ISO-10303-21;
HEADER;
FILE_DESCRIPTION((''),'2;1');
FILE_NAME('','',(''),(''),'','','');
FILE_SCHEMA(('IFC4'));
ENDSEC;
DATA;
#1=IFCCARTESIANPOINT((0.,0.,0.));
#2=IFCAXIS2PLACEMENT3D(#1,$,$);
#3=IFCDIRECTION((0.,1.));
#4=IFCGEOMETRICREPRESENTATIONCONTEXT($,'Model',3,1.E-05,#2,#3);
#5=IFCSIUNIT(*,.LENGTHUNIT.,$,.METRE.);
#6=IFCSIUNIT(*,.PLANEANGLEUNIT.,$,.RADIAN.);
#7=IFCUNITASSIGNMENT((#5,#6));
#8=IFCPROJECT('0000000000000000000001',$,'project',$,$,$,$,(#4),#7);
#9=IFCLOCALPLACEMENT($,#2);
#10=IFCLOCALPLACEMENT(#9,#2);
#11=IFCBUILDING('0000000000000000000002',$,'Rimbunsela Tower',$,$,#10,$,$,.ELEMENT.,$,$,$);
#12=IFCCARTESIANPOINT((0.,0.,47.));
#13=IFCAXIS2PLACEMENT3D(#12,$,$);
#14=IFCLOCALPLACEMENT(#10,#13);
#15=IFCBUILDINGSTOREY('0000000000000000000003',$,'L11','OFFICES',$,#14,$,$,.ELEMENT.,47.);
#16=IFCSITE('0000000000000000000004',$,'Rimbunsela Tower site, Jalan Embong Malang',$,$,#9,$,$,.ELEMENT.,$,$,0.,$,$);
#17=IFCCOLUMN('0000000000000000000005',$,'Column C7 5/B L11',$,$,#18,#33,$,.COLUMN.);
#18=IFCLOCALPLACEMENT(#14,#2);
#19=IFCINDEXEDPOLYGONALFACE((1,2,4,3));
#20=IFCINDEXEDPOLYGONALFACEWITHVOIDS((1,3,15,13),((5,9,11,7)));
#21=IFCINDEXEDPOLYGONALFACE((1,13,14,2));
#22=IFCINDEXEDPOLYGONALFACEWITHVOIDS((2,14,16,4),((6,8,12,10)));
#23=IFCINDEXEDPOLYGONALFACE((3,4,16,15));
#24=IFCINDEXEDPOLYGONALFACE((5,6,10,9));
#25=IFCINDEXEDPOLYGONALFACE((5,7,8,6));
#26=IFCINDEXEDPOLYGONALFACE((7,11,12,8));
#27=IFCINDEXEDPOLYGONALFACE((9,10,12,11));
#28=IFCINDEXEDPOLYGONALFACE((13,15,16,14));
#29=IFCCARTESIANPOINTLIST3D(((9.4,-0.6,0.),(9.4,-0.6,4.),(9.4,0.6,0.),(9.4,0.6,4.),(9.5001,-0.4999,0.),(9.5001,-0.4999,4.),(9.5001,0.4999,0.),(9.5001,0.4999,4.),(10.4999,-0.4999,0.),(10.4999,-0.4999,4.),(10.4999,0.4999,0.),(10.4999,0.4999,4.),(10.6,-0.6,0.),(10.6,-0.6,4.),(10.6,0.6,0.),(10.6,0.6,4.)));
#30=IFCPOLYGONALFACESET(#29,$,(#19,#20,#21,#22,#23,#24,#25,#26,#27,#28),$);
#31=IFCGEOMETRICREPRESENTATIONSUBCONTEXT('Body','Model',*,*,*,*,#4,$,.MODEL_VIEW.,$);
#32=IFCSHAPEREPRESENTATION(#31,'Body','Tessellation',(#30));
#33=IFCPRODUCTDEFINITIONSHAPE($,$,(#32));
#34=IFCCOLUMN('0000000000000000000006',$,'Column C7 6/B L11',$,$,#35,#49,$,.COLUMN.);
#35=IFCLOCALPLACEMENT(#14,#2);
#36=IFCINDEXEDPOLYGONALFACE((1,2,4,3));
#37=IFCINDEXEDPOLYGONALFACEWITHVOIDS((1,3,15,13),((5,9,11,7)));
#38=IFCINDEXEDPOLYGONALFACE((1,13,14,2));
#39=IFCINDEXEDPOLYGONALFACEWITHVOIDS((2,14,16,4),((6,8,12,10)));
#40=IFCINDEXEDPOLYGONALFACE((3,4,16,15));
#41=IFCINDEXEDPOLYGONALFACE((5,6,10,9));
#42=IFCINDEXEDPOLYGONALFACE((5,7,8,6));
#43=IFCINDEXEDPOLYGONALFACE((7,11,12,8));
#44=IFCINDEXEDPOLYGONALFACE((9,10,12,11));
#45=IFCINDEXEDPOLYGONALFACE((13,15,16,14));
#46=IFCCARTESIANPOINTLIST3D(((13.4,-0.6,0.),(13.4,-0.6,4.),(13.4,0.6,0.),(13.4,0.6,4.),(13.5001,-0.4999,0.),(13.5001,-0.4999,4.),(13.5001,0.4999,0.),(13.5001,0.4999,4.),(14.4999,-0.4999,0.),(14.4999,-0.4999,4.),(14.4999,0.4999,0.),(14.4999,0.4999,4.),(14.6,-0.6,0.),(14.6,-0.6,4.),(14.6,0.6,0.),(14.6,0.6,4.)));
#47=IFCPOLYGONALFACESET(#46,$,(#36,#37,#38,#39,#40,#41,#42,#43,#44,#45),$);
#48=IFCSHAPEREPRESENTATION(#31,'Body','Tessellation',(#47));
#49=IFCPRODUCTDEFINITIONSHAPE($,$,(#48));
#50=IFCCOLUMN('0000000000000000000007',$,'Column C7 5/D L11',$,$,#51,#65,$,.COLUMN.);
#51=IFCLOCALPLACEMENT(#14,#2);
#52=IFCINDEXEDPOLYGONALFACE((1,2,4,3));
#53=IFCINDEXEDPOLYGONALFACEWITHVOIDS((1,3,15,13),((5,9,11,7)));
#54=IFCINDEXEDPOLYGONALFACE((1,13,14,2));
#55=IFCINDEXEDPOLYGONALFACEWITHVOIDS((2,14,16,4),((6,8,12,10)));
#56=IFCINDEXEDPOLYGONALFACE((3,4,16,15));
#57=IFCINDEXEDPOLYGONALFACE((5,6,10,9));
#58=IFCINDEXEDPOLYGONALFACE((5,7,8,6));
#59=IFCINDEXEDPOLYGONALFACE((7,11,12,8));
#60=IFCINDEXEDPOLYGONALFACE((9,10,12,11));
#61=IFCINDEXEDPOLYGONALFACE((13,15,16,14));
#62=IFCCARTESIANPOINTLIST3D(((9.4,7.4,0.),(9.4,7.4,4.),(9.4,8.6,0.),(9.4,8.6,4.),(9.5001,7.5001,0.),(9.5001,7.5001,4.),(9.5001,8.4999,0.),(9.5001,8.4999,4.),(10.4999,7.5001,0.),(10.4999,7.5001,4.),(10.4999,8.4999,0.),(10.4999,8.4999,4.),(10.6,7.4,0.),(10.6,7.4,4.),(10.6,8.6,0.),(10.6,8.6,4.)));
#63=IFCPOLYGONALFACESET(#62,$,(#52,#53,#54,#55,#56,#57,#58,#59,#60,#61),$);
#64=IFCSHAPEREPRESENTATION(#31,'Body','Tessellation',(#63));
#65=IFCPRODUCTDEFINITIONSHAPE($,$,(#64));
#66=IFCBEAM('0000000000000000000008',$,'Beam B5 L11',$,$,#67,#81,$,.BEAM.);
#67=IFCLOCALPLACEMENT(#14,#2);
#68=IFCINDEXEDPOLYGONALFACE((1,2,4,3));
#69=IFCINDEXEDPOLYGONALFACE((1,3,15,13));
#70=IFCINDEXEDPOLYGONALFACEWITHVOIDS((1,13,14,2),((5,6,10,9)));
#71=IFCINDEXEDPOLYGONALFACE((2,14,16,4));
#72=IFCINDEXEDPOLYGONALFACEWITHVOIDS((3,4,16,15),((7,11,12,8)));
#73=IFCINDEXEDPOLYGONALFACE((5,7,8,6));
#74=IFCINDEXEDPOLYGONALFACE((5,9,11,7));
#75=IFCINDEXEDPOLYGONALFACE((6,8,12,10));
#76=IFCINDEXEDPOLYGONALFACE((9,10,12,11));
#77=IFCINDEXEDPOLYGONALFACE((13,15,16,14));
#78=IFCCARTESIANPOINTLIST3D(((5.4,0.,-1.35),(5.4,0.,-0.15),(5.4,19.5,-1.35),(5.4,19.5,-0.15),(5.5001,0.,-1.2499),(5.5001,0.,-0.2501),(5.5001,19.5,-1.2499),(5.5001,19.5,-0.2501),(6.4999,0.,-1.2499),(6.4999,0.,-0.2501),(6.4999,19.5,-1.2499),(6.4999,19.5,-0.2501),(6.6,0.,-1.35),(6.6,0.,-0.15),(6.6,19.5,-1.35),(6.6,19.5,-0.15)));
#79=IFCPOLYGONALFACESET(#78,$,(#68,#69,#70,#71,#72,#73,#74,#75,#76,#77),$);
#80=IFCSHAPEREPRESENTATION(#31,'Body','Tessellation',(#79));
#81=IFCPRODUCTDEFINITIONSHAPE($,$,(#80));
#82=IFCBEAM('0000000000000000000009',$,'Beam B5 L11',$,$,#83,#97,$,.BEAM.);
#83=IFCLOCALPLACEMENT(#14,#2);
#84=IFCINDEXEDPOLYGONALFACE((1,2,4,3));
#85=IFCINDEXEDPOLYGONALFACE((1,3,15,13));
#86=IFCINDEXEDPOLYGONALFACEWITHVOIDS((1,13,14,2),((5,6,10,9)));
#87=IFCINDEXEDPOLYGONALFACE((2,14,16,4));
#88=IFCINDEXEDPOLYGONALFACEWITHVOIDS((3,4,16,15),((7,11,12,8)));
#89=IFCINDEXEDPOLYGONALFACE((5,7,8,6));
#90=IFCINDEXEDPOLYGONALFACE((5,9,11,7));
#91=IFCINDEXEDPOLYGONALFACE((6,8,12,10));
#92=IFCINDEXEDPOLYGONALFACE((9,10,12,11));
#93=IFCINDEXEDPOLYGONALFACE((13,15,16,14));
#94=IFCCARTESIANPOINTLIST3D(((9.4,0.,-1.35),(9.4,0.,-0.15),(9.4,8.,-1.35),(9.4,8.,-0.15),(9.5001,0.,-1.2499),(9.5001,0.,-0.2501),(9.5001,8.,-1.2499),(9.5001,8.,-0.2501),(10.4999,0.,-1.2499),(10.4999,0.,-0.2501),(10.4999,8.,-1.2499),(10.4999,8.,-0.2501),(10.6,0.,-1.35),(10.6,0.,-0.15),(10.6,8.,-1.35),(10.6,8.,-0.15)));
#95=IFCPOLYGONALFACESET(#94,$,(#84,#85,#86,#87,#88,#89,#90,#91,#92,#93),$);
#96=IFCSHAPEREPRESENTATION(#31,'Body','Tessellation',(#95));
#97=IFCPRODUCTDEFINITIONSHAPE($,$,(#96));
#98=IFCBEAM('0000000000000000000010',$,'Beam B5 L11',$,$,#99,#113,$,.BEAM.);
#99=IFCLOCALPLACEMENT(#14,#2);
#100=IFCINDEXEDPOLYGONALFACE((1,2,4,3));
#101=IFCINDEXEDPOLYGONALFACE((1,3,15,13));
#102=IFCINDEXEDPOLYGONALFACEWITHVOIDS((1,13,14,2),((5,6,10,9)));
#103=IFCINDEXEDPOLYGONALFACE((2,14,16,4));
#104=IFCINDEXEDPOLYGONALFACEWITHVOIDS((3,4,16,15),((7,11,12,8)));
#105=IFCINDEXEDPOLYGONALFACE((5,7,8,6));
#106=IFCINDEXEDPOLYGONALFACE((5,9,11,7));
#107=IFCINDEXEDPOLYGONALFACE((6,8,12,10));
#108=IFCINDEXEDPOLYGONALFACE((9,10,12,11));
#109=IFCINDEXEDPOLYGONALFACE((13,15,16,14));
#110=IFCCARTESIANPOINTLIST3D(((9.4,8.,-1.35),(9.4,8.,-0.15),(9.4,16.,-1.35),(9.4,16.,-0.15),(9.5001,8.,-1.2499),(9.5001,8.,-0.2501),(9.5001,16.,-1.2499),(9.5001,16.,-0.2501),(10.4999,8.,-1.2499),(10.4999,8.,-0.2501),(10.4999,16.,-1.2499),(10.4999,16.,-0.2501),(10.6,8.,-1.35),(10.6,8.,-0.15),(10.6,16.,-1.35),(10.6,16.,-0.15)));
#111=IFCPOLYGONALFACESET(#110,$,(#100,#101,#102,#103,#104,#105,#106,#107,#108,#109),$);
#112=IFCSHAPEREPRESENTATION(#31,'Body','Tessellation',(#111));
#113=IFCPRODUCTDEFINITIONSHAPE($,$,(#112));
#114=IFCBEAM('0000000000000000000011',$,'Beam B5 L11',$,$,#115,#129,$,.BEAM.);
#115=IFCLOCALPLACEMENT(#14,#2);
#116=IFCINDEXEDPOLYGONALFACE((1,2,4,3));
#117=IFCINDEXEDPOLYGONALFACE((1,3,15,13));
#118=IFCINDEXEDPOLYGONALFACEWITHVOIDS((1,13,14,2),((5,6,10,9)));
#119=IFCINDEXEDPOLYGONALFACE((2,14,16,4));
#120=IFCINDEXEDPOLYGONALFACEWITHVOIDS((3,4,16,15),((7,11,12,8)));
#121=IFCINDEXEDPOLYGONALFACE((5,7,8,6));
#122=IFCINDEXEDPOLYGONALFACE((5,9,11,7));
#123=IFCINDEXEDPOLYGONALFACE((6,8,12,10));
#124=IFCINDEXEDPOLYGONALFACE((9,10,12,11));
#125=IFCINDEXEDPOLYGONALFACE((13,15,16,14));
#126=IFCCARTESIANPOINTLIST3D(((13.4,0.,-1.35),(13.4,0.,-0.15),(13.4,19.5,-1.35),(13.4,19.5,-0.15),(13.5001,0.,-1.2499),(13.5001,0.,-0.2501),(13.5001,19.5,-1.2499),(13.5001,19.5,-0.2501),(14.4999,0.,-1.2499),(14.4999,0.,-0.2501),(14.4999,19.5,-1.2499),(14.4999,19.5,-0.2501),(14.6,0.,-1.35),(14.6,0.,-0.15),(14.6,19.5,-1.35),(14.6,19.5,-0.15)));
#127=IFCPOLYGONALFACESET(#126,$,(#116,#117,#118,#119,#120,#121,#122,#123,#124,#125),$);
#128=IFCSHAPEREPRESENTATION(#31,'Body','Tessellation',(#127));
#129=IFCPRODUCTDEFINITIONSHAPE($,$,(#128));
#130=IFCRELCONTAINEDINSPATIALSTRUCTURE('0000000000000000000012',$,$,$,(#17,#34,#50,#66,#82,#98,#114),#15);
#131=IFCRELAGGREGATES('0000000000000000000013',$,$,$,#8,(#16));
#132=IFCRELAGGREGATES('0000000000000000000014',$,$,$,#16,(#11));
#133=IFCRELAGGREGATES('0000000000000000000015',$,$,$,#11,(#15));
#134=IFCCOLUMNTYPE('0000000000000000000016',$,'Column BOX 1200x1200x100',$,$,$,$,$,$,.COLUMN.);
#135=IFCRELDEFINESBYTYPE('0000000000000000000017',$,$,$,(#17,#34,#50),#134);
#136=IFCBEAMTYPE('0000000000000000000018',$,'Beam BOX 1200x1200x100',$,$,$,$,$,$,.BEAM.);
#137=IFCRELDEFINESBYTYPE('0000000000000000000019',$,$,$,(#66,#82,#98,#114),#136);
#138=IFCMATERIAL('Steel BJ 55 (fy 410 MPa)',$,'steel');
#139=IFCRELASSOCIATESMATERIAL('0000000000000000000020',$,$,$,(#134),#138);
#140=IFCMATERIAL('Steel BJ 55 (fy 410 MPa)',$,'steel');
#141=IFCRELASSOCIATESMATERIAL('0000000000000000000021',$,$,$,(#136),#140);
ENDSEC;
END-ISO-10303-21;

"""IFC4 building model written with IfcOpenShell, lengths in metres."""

from ifc_helpers import new_model, si_unit, direction, frame, origin, origin_2d, place, context, subcontext, project, spatial, hollow_rectangle, extrude, material, material_profile, profile_set, type_object, element, save


model = new_model("IFC4")

# Units and contexts
model_context = context("Model", 3, precision=1e-05, world=origin(), true_north=direction((0.0, 1.0)))
body_context = subcontext(model_context, "Body", "Model", "MODEL_VIEW")
ifc_project = project(units=[si_unit("LENGTHUNIT", "METRE"), si_unit("PLANEANGLEUNIT", "RADIAN")], contexts=[model_context])

# Site, building, storey
site_placement = place(None, origin())
site = spatial("IfcSite", under=ifc_project, at=site_placement, Name="Rimbunsela Tower site, Jalan Embong Malang", CompositionType="ELEMENT", RefElevation=0.0)
building_placement = place(site_placement, origin())
building = spatial("IfcBuilding", under=site, at=building_placement, Name="Rimbunsela Tower", CompositionType="ELEMENT")
storey_placement = place(building_placement, frame((0.0, 0.0, 47.0)))
storey = spatial("IfcBuildingStorey", under=building, at=storey_placement, Name="L11", Description="OFFICES", CompositionType="ELEMENT", Elevation=47.0)

# Columns
ifc_material_1 = material(Name="Steel BJ 55 (fy 410 MPa)", Category="steel")
ifc_material_profile_1 = material_profile(ifc_material_1, hollow_rectangle(XDim=1.2, YDim=1.2, WallThickness=0.1001, at=origin_2d()), Name="BOX 1200x1200x100")
ifc_profile_set_1 = profile_set([ifc_material_profile_1], Name="Steel BJ 55 (fy 410 MPa)")
column_type = type_object("IfcColumnType", Name="Column BOX 1200x1200x100", PredefinedType="COLUMN", material=ifc_profile_set_1)
for number, where, z_axis, x_axis, name in (
    (1, (10.0, 0.0, 0.0), (0.0, 0.0, 1.0), (1.0, 0.0, 0.0), "Column C7 5/B L11"),
    (2, (14.0, 0.0, 0.0), (0.0, 0.0, 1.0), (1.0, 0.0, 0.0), "Column C7 6/B L11"),
    (3, (10.0, 8.0, 0.0), (0.0, 0.0, 1.0), (1.0, 0.0, 0.0), "Column C7 5/D L11"),
):
    element("IfcColumn", number, at=place(storey_placement, frame(where, z_axis=z_axis, x_axis=x_axis)), inside=storey, type_object=column_type, Name=name, PredefinedType="COLUMN", context=body_context, shape_type="SweptSolid", body=[
        extrude(hollow_rectangle(XDim=1.2, YDim=1.2, WallThickness=0.1001, at=origin_2d()), origin(), (0.0, 0.0, 1.0), 4.0),
    ])

# Beams
ifc_material_2 = material(Name="Steel BJ 55 (fy 410 MPa)", Category="steel")
ifc_material_profile_2 = material_profile(ifc_material_2, hollow_rectangle(XDim=1.2, YDim=1.2, WallThickness=0.1001, at=origin_2d()), Name="BOX 1200x1200x100")
ifc_profile_set_2 = profile_set([ifc_material_profile_2], Name="Steel BJ 55 (fy 410 MPa)")
beam_type = type_object("IfcBeamType", Name="Beam BOX 1200x1200x100", PredefinedType="BEAM", material=ifc_profile_set_2)
beam_1_placement = place(storey_placement, frame((6.0, 0.0, -0.75), z_axis=(0.0, 1.0, 0.0), x_axis=(-1.0, 0.0, 0.0)))
element("IfcBeam", 4, at=beam_1_placement, inside=storey, type_object=beam_type, Name="Beam B5 L11", PredefinedType="BEAM", context=body_context, shape_type="SweptSolid", body=[
    extrude(hollow_rectangle(XDim=1.2, YDim=1.2, WallThickness=0.1001, at=origin_2d()), origin(), (0.0, 0.0, 1.0), 19.5),
])
for number, where, z_axis, x_axis, name in (
    (5, (10.0, 0.0, -0.75), (0.0, 1.0, 0.0), (-1.0, 0.0, 0.0), "Beam B5 L11"),
    (6, (10.0, 8.0, -0.75), (0.0, 1.0, 0.0), (-1.0, 0.0, 0.0), "Beam B5 L11"),
):
    element("IfcBeam", number, at=place(storey_placement, frame(where, z_axis=z_axis, x_axis=x_axis)), inside=storey, type_object=beam_type, Name=name, PredefinedType="BEAM", context=body_context, shape_type="SweptSolid", body=[
        extrude(hollow_rectangle(XDim=1.2, YDim=1.2, WallThickness=0.1001, at=origin_2d()), origin(), (0.0, 0.0, 1.0), 8.0),
    ])
beam_2_placement = place(storey_placement, frame((14.0, 0.0, -0.75), z_axis=(0.0, 1.0, 0.0), x_axis=(-1.0, 0.0, 0.0)))
element("IfcBeam", 7, at=beam_2_placement, inside=storey, type_object=beam_type, Name="Beam B5 L11", PredefinedType="BEAM", context=body_context, shape_type="SweptSolid", body=[
    extrude(hollow_rectangle(XDim=1.2, YDim=1.2, WallThickness=0.1001, at=origin_2d()), origin(), (0.0, 0.0, 1.0), 19.5),
])

save(model, "model.ifc")
